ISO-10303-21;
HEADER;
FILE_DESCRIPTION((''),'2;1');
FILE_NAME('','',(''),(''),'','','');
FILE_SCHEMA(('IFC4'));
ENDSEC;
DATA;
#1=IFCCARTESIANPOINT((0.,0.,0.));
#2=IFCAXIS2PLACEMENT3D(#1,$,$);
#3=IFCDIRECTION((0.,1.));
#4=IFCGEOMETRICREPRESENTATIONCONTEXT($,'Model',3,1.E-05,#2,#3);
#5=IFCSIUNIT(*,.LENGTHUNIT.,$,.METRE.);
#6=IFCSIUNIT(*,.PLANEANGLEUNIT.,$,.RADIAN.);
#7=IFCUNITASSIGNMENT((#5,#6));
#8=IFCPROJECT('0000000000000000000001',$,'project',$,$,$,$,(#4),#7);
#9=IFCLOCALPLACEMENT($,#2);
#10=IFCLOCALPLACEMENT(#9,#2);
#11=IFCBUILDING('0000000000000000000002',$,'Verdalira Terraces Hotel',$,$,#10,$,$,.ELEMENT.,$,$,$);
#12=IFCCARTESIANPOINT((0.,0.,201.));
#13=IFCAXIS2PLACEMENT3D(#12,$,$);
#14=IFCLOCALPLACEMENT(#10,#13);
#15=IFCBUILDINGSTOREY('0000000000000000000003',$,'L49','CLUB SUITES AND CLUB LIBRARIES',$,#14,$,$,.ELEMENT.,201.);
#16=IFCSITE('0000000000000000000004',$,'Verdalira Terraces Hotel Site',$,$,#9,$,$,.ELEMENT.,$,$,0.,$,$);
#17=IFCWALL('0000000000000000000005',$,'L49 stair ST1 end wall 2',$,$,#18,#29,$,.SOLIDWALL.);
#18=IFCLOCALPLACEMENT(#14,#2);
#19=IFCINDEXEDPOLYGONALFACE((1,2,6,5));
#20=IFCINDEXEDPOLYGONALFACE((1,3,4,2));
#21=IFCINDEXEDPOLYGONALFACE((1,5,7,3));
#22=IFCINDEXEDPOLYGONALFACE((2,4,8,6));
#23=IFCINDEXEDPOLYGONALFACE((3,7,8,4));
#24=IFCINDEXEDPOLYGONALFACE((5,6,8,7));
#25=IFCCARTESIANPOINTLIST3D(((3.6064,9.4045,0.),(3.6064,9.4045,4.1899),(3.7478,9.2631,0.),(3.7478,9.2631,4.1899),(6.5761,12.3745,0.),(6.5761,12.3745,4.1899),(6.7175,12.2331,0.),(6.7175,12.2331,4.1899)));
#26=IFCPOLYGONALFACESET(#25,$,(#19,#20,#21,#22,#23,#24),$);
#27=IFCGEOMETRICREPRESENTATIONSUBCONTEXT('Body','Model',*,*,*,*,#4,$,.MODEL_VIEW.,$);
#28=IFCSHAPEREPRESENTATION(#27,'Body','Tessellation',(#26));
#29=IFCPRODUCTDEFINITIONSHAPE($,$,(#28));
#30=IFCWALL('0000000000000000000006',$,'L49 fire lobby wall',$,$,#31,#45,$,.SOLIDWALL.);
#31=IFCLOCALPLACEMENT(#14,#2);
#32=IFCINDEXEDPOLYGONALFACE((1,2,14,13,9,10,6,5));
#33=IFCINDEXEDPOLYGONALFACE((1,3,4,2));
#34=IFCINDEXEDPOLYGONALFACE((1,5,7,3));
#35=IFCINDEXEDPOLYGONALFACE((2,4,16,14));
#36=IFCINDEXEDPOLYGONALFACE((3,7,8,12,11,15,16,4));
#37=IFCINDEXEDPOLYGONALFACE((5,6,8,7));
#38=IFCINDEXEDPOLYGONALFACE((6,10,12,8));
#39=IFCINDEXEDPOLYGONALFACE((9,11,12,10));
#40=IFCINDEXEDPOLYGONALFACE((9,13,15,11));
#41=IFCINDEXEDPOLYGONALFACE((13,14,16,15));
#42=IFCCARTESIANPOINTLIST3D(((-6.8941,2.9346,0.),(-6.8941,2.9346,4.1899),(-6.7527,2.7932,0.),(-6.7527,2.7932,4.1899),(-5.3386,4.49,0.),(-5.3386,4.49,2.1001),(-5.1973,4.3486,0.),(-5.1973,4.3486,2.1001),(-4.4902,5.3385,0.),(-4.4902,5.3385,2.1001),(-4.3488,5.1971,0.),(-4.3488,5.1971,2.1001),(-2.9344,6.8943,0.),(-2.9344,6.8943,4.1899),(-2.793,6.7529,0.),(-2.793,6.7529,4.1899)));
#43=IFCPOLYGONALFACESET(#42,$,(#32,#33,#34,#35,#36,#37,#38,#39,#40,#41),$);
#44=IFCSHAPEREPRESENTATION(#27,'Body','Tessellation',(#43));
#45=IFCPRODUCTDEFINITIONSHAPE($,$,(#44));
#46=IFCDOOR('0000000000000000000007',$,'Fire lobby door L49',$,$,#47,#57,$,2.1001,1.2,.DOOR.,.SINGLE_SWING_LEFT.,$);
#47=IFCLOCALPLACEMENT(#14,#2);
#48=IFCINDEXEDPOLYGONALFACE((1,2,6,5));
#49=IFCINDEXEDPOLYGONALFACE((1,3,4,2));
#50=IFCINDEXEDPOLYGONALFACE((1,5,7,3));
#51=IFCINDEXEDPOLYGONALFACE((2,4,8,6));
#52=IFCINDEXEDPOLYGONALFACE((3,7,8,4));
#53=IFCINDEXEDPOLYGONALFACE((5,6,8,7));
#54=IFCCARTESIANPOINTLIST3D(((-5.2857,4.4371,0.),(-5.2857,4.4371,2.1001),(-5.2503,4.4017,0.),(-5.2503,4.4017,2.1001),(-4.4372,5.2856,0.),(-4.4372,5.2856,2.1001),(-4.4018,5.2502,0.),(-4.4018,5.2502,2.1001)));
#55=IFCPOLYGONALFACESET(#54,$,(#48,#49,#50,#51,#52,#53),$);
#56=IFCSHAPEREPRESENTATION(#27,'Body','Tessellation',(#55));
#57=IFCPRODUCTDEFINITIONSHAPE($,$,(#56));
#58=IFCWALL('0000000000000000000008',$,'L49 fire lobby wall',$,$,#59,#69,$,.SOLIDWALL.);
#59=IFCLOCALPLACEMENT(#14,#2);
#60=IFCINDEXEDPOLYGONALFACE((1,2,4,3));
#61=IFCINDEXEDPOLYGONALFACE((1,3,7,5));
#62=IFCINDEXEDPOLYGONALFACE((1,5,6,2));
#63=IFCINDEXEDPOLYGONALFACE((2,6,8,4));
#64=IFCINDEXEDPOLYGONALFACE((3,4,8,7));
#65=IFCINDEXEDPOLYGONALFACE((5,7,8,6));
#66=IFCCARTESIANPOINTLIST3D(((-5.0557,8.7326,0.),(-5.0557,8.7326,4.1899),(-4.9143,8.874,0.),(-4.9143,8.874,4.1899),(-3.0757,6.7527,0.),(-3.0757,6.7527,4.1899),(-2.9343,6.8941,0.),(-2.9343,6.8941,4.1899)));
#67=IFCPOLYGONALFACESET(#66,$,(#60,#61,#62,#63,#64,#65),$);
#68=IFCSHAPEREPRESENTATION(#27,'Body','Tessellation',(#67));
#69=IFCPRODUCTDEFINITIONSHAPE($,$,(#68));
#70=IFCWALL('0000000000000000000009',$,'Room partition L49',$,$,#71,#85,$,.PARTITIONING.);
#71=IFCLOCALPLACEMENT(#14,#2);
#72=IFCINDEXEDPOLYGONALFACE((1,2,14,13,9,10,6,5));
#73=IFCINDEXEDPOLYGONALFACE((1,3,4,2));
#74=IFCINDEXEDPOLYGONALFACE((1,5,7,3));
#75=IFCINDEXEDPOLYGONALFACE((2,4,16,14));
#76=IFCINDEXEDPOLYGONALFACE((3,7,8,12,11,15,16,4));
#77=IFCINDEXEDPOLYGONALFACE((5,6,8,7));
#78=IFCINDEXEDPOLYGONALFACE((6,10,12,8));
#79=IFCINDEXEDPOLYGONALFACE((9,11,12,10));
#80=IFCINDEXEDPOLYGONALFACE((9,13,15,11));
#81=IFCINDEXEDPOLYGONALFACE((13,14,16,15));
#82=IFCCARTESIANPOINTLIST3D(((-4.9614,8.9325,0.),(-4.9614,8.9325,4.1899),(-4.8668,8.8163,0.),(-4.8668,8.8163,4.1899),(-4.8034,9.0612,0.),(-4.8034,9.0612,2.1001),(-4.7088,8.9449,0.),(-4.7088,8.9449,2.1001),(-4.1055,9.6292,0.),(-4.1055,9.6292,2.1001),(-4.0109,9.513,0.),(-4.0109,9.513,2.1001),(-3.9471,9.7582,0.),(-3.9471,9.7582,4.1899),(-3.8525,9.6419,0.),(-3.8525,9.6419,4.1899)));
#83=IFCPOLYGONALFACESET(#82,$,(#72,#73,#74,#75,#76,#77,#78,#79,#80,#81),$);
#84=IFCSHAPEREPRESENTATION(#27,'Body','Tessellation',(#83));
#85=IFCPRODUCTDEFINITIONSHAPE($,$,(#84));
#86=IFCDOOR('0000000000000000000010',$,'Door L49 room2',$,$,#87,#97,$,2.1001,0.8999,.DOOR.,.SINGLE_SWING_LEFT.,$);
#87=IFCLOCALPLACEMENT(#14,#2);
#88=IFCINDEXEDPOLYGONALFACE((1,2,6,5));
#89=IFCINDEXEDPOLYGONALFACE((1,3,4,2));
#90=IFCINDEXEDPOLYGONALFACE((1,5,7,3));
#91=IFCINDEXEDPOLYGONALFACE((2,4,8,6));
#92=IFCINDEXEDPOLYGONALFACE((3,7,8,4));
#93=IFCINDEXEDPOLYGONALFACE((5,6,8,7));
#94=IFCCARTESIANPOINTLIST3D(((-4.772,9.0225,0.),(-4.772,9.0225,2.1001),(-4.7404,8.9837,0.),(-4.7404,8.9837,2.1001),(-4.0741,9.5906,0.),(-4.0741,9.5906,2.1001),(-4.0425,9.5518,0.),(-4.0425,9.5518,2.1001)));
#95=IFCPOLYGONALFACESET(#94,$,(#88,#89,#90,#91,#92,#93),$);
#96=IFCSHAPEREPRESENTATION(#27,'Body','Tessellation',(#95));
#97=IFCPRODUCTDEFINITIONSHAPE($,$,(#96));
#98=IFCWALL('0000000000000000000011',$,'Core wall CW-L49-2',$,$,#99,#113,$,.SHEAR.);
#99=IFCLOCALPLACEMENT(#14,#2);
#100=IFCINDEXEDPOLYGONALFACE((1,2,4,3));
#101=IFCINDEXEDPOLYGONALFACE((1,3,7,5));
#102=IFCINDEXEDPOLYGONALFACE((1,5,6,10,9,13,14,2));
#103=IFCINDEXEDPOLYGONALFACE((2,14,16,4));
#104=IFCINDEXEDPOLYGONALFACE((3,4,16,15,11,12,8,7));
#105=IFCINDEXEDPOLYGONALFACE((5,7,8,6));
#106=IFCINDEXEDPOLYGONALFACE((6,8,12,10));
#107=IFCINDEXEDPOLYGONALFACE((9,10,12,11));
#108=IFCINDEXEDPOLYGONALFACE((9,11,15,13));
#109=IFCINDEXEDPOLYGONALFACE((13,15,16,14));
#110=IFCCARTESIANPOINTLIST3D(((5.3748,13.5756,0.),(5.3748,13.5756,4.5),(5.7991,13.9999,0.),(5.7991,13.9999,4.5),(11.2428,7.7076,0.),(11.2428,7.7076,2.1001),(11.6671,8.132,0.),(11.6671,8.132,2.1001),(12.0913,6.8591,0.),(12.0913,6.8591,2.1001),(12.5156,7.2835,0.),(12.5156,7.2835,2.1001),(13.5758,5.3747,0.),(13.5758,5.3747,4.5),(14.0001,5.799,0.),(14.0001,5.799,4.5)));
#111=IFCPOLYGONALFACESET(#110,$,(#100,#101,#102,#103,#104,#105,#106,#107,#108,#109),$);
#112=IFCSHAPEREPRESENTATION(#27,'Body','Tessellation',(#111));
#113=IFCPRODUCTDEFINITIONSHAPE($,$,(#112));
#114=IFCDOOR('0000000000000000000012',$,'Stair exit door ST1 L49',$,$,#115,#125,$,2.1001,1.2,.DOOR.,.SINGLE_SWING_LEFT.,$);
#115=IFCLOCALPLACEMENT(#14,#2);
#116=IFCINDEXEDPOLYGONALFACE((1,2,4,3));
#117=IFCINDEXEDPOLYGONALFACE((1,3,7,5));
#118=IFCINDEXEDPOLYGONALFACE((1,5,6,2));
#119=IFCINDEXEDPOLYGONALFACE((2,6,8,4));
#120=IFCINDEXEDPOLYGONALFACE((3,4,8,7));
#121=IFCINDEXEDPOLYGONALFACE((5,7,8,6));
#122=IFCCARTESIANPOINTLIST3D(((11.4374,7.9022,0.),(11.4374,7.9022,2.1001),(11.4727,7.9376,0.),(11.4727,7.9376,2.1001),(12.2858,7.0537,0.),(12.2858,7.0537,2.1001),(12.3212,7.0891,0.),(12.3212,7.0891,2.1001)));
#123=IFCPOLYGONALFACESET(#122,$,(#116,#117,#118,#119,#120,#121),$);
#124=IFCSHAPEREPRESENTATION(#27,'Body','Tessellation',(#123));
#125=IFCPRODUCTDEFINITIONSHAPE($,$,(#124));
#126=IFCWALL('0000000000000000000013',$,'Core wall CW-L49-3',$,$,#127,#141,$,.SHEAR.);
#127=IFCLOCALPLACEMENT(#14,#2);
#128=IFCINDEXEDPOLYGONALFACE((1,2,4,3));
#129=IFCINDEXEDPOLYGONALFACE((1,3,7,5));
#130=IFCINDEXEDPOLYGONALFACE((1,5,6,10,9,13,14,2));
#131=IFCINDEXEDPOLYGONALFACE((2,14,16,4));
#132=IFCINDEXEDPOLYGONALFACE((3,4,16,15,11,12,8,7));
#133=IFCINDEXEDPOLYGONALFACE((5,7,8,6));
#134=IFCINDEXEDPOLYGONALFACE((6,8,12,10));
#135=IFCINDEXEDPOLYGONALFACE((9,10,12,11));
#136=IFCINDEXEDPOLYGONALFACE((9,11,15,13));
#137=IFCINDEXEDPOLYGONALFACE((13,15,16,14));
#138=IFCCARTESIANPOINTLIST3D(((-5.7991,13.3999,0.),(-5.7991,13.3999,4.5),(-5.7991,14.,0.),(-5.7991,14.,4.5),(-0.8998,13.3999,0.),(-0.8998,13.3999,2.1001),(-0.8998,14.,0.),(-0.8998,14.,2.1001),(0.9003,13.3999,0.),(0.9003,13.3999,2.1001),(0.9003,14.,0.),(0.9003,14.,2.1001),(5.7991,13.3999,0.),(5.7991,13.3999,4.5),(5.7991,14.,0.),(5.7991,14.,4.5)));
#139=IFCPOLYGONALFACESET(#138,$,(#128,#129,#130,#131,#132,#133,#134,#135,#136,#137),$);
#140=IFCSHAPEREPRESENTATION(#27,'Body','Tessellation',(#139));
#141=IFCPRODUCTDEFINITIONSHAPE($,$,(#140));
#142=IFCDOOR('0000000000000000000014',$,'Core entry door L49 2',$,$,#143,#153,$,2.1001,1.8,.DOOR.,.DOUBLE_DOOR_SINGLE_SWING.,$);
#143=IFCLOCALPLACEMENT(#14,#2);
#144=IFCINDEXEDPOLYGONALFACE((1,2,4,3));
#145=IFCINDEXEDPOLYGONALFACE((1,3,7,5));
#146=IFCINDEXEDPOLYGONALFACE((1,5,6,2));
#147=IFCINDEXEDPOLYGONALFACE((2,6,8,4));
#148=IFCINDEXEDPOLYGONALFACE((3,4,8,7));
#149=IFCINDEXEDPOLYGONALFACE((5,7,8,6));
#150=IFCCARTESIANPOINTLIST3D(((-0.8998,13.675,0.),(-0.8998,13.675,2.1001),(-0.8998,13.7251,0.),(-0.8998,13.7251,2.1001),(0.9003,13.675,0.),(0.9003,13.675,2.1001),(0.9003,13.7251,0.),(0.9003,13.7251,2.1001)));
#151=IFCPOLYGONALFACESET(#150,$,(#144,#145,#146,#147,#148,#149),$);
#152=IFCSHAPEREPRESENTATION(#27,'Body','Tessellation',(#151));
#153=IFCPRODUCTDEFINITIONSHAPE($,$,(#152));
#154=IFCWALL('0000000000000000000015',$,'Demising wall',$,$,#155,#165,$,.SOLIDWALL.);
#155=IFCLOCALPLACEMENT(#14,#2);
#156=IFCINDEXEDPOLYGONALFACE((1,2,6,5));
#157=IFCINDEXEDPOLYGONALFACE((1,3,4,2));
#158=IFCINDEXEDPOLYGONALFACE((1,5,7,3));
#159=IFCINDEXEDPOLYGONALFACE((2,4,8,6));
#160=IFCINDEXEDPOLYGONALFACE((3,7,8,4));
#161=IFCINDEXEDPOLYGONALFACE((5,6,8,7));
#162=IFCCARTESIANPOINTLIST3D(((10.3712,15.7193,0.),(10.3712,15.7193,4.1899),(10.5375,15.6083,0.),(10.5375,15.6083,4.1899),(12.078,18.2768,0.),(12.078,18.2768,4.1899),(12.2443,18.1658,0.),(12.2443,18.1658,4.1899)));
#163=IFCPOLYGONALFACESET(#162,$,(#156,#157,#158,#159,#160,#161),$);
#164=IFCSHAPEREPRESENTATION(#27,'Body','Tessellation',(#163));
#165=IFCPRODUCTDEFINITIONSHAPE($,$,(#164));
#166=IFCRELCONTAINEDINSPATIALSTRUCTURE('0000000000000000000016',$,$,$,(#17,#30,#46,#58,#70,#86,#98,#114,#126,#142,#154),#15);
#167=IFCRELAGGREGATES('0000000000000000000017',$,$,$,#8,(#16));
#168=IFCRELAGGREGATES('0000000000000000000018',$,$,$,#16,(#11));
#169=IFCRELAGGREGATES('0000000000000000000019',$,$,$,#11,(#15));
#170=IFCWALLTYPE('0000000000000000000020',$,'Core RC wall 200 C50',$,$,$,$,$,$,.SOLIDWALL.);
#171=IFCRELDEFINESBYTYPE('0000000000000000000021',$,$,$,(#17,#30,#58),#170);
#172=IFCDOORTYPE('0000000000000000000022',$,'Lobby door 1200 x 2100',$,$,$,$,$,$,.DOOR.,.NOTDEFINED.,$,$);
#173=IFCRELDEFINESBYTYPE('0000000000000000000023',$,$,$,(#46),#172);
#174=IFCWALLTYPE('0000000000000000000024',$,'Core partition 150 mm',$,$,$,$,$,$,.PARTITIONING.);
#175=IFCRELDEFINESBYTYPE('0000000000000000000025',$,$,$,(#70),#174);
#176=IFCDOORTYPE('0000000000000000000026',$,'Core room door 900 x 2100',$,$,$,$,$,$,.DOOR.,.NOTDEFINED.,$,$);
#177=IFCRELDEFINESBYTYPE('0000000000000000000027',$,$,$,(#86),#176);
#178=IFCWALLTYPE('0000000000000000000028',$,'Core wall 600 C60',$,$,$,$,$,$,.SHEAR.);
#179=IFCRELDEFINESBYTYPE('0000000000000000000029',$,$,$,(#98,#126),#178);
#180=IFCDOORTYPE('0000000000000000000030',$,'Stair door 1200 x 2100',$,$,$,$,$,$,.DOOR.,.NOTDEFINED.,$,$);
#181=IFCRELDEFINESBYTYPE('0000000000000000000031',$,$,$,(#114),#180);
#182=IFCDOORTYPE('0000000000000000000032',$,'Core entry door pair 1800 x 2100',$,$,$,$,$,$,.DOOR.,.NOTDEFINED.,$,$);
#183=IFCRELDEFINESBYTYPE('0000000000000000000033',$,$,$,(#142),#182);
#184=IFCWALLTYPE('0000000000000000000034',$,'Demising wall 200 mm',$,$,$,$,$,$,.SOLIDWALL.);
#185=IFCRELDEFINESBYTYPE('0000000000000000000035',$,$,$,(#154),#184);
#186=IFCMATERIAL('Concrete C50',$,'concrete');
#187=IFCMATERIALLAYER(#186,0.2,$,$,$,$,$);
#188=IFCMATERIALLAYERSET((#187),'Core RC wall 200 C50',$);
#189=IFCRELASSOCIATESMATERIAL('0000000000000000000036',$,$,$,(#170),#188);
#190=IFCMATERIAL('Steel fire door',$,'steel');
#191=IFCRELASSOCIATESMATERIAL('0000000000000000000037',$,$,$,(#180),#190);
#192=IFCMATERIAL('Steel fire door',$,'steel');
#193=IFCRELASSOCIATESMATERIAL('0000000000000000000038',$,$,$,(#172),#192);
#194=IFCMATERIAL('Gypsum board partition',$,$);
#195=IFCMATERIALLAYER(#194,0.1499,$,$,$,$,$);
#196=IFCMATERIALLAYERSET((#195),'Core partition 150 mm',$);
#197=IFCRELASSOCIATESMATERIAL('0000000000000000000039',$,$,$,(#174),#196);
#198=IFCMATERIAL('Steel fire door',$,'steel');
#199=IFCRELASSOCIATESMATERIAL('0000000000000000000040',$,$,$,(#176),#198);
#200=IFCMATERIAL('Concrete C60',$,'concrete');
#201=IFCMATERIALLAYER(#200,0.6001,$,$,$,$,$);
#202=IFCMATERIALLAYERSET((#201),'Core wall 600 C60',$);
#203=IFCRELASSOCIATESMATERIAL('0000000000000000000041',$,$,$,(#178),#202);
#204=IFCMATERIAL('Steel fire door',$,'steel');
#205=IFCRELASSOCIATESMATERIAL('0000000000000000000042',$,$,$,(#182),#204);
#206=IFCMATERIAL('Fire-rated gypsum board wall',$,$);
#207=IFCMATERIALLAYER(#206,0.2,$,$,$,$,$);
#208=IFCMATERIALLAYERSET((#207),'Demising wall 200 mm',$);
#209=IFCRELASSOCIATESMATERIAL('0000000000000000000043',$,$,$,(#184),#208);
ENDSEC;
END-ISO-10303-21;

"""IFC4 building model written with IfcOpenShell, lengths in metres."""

from ifc_helpers import new_model, si_unit, direction, frame, frame_2d, origin, place, context, subcontext, project, spatial, rectangle, extrude, material, layer, layer_set, type_object, element, fill, save


model = new_model("IFC4")

# Units and contexts
model_context = context("Model", 3, precision=1e-05, world=origin(), true_north=direction((0.0, 1.0)))
body_context = subcontext(model_context, "Body", "Model", "MODEL_VIEW")
ifc_project = project(units=[si_unit("LENGTHUNIT", "METRE"), si_unit("PLANEANGLEUNIT", "RADIAN")], contexts=[model_context])

# Site, building, storey
site_placement = place(None, origin())
site = spatial("IfcSite", under=ifc_project, at=site_placement, Name="Verdalira Terraces Hotel Site", CompositionType="ELEMENT", RefElevation=0.0)
building_placement = place(site_placement, origin())
building = spatial("IfcBuilding", under=site, at=building_placement, Name="Verdalira Terraces Hotel", CompositionType="ELEMENT")
storey_placement = place(building_placement, frame((0.0, 0.0, 201.0)))
storey = spatial("IfcBuildingStorey", under=building, at=storey_placement, Name="L49", Description="CLUB SUITES AND CLUB LIBRARIES", CompositionType="ELEMENT", Elevation=201.0)

# Shared definitions
ifc_material_1 = material(Name="Concrete C50", Category="concrete")
ifc_layer_1 = layer(ifc_material_1, 0.2)
ifc_layer_set_1 = layer_set([ifc_layer_1], Name="Core RC wall 200 C50")
wall_type_1 = type_object("IfcWallType", Name="Core RC wall 200 C50", PredefinedType="SOLIDWALL", material=ifc_layer_set_1)
ifc_material_2 = material(Name="Steel fire door", Category="steel")
door_type_1 = type_object("IfcDoorType", Name="Stair door 1200 x 2100", OperationType="NOTDEFINED", PredefinedType="DOOR", material=ifc_material_2)

# Wall
for number, where, z_axis, x_axis, name in (
    (1, (3.677, 9.3337, 0.0), (0.0, 0.0, 1.0), (0.707078, 0.707136, 0.0), "L49 stair ST1 end wall 2"),
):
    element("IfcWall", number, at=place(storey_placement, frame(where, z_axis=z_axis, x_axis=x_axis)), inside=storey, type_object=wall_type_1, Name=name, PredefinedType="SOLIDWALL", context=body_context, shape_type="SweptSolid", body=[
        extrude(rectangle(XDim=4.2, YDim=0.2, at=frame_2d((2.1001, 0.0))), origin(), (0.0, 0.0, 1.0), 4.1899),
    ])

# Wall, opening, door
wall_1_placement = place(storey_placement, frame((-2.8638, 6.8235, 0.0), z_axis=(0.0, 0.0, 1.0), x_axis=(-0.707107, -0.707107, 0.0)))
wall_1 = element("IfcWall", 2, at=wall_1_placement, inside=storey, type_object=wall_type_1, Name="L49 fire lobby wall", PredefinedType="SOLIDWALL", context=body_context, shape_type="SweptSolid", body=[
    extrude(rectangle(XDim=5.5999, YDim=0.2, at=frame_2d((2.7998, 0.0))), origin(), (0.0, 0.0, 1.0), 4.1899),
])
opening_1_placement = place(wall_1_placement, frame((2.2, 0.0, 0.0)))
opening_1 = element("IfcOpeningElement", 3, at=opening_1_placement, cuts=wall_1, PredefinedType="OPENING", context=body_context, shape_type="SweptSolid", body=[
    extrude(rectangle(XDim=1.2, YDim=2.1001, at=frame_2d((0.6001, 1.05))), frame((0.0, 0.1099, 0.0), z_axis=(0.0, -1.0, 0.0), x_axis=(1.0, 0.0, 0.0)), (0.0, 0.0, 1.0), 0.22),
])
ifc_material_3 = material(Name="Steel fire door", Category="steel")
door_type_2 = type_object("IfcDoorType", Name="Lobby door 1200 x 2100", OperationType="NOTDEFINED", PredefinedType="DOOR", material=ifc_material_3)
door_1_placement = place(opening_1_placement, origin())
door_1 = element("IfcDoor", 4, at=door_1_placement, inside=storey, type_object=door_type_2, Name="Fire lobby door L49", OperationType="SINGLE_SWING_LEFT", OverallHeight=2.1001, OverallWidth=1.2, PredefinedType="DOOR", context=body_context, shape_type="SweptSolid", body=[
    extrude(rectangle(XDim=1.2, YDim=2.1001, at=frame_2d((0.6001, 1.05))), frame((0.0, 0.0249, 0.0), z_axis=(0.0, -1.0, 0.0), x_axis=(1.0, 0.0, 0.0)), (0.0, 0.0, 1.0), 0.05),
])
fill(opening_1, door_1)

# Wall
wall_2_placement = place(storey_placement, frame((-3.0051, 6.8235, 0.0), z_axis=(0.0, 0.0, 1.0), x_axis=(-0.707107, 0.707107, 0.0)))
element("IfcWall", 5, at=wall_2_placement, inside=storey, type_object=wall_type_1, Name="L49 fire lobby wall", PredefinedType="SOLIDWALL", context=body_context, shape_type="SweptSolid", body=[
    extrude(rectangle(XDim=2.8, YDim=0.2, at=frame_2d((1.3999, 0.0))), origin(), (0.0, 0.0, 1.0), 4.1899),
])

# Walls, openings, doors
ifc_material_4 = material(Name="Gypsum board partition")
ifc_layer_2 = layer(ifc_material_4, 0.1499)
ifc_layer_set_2 = layer_set([ifc_layer_2], Name="Core partition 150 mm")
wall_type_2 = type_object("IfcWallType", Name="Core partition 150 mm", PredefinedType="PARTITIONING", material=ifc_layer_set_2)
wall_3_placement = place(storey_placement, frame((-3.8999, 9.7, 0.0), z_axis=(0.0, 0.0, 1.0), x_axis=(-0.77556, -0.631274, 0.0)))
wall_3 = element("IfcWall", 6, at=wall_3_placement, inside=storey, type_object=wall_type_2, Name="Room partition L49", PredefinedType="PARTITIONING", context=body_context, shape_type="SweptSolid", body=[
    extrude(rectangle(XDim=1.3079, YDim=0.1499, at=frame_2d((0.6538, 0.0))), origin(), (0.0, 0.0, 1.0), 4.1899),
])
opening_2_placement = place(wall_3_placement, frame((0.2041, 0.0, 0.0)))
opening_2 = element("IfcOpeningElement", 7, at=opening_2_placement, cuts=wall_3, PredefinedType="OPENING", context=body_context, shape_type="SweptSolid", body=[
    extrude(rectangle(XDim=0.8999, YDim=2.1001, at=frame_2d((0.45, 1.05))), frame((0.0, 0.085, 0.0), z_axis=(0.0, -1.0, 0.0), x_axis=(1.0, 0.0, 0.0)), (0.0, 0.0, 1.0), 0.1699),
])
ifc_material_5 = material(Name="Steel fire door", Category="steel")
door_type_3 = type_object("IfcDoorType", Name="Core room door 900 x 2100", OperationType="NOTDEFINED", PredefinedType="DOOR", material=ifc_material_5)
door_2_placement = place(opening_2_placement, origin())
door_2 = element("IfcDoor", 8, at=door_2_placement, inside=storey, type_object=door_type_3, Name="Door L49 room2", OperationType="SINGLE_SWING_LEFT", OverallHeight=2.1001, OverallWidth=0.8999, PredefinedType="DOOR", context=body_context, shape_type="SweptSolid", body=[
    extrude(rectangle(XDim=0.8999, YDim=2.1001, at=frame_2d((0.45, 1.05))), frame((0.0, 0.0249, 0.0), z_axis=(0.0, -1.0, 0.0), x_axis=(1.0, 0.0, 0.0)), (0.0, 0.0, 1.0), 0.05),
])
fill(opening_2, door_2)
ifc_material_6 = material(Name="Concrete C60", Category="concrete")
ifc_layer_3 = layer(ifc_material_6, 0.6001)
ifc_layer_set_3 = layer_set([ifc_layer_3], Name="Core wall 600 C60")
wall_type_3 = type_object("IfcWallType", Name="Core wall 600 C60", PredefinedType="SHEAR", material=ifc_layer_set_3)
wall_4_placement = place(storey_placement, frame((13.7878, 5.5869, 0.0), z_axis=(0.0, 0.0, 1.0), x_axis=(-0.707107, 0.707107, 0.0)))
wall_4 = element("IfcWall", 9, at=wall_4_placement, inside=storey, type_object=wall_type_3, Name="Core wall CW-L49-2", PredefinedType="SHEAR", context=body_context, shape_type="SweptSolid", body=[
    extrude(rectangle(XDim=11.5979, YDim=0.6001, at=frame_2d((5.7988, 0.0))), origin(), (0.0, 0.0, 1.0), 4.5),
])
opening_3_placement = place(wall_4_placement, frame((2.0991, 0.0, 0.0)))
opening_3 = element("IfcOpeningElement", 10, at=opening_3_placement, cuts=wall_4, PredefinedType="OPENING", context=body_context, shape_type="SweptSolid", body=[
    extrude(rectangle(XDim=1.2, YDim=2.1001, at=frame_2d((0.6001, 1.05))), frame((0.0, 0.3101, 0.0), z_axis=(0.0, -1.0, 0.0), x_axis=(1.0, 0.0, 0.0)), (0.0, 0.0, 1.0), 0.6201),
])
door_3_placement = place(opening_3_placement, origin())
door_3 = element("IfcDoor", 11, at=door_3_placement, inside=storey, type_object=door_type_1, Name="Stair exit door ST1 L49", OperationType="SINGLE_SWING_LEFT", OverallHeight=2.1001, OverallWidth=1.2, PredefinedType="DOOR", context=body_context, shape_type="SweptSolid", body=[
    extrude(rectangle(XDim=1.2, YDim=2.1001, at=frame_2d((0.6001, 1.05))), frame((0.0, 0.0249, 0.0), z_axis=(0.0, -1.0, 0.0), x_axis=(1.0, 0.0, 0.0)), (0.0, 0.0, 1.0), 0.05),
])
fill(opening_3, door_3)
wall_5_placement = place(storey_placement, frame((5.7991, 13.7, 0.0), z_axis=(0.0, 0.0, 1.0), x_axis=(-1.0, 0.0, 0.0)))
wall_5 = element("IfcWall", 12, at=wall_5_placement, inside=storey, type_object=wall_type_3, Name="Core wall CW-L49-3", PredefinedType="SHEAR", context=body_context, shape_type="SweptSolid", body=[
    extrude(rectangle(XDim=11.5981, YDim=0.6001, at=frame_2d((5.7991, 0.0))), origin(), (0.0, 0.0, 1.0), 4.5),
])
opening_4_placement = place(wall_5_placement, frame((4.8989, 0.0, 0.0)))
opening_4 = element("IfcOpeningElement", 13, at=opening_4_placement, cuts=wall_5, PredefinedType="OPENING", context=body_context, shape_type="SweptSolid", body=[
    extrude(rectangle(XDim=1.8, YDim=2.1001, at=frame_2d((0.8999, 1.05))), frame((0.0, 0.3101, 0.0), z_axis=(0.0, -1.0, 0.0), x_axis=(1.0, 0.0, 0.0)), (0.0, 0.0, 1.0), 0.6201),
])
ifc_material_7 = material(Name="Steel fire door", Category="steel")
door_type_4 = type_object("IfcDoorType", Name="Core entry door pair 1800 x 2100", OperationType="NOTDEFINED", PredefinedType="DOOR", material=ifc_material_7)
door_4_placement = place(opening_4_placement, origin())
door_4 = element("IfcDoor", 14, at=door_4_placement, inside=storey, type_object=door_type_4, Name="Core entry door L49 2", OperationType="DOUBLE_DOOR_SINGLE_SWING", OverallHeight=2.1001, OverallWidth=1.8, PredefinedType="DOOR", context=body_context, shape_type="SweptSolid", body=[
    extrude(rectangle(XDim=1.8, YDim=2.1001, at=frame_2d((0.8999, 1.05))), frame((0.0, 0.0249, 0.0), z_axis=(0.0, -1.0, 0.0), x_axis=(1.0, 0.0, 0.0)), (0.0, 0.0, 1.0), 0.05),
])
fill(opening_4, door_4)

# Wall
ifc_material_8 = material(Name="Fire-rated gypsum board wall")
ifc_layer_4 = layer(ifc_material_8, 0.2)
ifc_layer_set_4 = layer_set([ifc_layer_4], Name="Demising wall 200 mm")
wall_type_4 = type_object("IfcWallType", Name="Demising wall 200 mm", PredefinedType="SOLIDWALL", material=ifc_layer_set_4)
wall_6_placement = place(storey_placement, frame((10.4543, 15.6638, 0.0), z_axis=(0.0, 0.0, 1.0), x_axis=(0.555122, 0.831769, 0.0)))
element("IfcWall", 15, at=wall_6_placement, inside=storey, type_object=wall_type_4, Name="Demising wall", PredefinedType="SOLIDWALL", context=body_context, shape_type="SweptSolid", body=[
    extrude(rectangle(XDim=3.0747, YDim=0.2, at=frame_2d((1.5374, 0.0))), origin(), (0.0, 0.0, 1.0), 4.1899),
])

save(model, "model.ifc")
